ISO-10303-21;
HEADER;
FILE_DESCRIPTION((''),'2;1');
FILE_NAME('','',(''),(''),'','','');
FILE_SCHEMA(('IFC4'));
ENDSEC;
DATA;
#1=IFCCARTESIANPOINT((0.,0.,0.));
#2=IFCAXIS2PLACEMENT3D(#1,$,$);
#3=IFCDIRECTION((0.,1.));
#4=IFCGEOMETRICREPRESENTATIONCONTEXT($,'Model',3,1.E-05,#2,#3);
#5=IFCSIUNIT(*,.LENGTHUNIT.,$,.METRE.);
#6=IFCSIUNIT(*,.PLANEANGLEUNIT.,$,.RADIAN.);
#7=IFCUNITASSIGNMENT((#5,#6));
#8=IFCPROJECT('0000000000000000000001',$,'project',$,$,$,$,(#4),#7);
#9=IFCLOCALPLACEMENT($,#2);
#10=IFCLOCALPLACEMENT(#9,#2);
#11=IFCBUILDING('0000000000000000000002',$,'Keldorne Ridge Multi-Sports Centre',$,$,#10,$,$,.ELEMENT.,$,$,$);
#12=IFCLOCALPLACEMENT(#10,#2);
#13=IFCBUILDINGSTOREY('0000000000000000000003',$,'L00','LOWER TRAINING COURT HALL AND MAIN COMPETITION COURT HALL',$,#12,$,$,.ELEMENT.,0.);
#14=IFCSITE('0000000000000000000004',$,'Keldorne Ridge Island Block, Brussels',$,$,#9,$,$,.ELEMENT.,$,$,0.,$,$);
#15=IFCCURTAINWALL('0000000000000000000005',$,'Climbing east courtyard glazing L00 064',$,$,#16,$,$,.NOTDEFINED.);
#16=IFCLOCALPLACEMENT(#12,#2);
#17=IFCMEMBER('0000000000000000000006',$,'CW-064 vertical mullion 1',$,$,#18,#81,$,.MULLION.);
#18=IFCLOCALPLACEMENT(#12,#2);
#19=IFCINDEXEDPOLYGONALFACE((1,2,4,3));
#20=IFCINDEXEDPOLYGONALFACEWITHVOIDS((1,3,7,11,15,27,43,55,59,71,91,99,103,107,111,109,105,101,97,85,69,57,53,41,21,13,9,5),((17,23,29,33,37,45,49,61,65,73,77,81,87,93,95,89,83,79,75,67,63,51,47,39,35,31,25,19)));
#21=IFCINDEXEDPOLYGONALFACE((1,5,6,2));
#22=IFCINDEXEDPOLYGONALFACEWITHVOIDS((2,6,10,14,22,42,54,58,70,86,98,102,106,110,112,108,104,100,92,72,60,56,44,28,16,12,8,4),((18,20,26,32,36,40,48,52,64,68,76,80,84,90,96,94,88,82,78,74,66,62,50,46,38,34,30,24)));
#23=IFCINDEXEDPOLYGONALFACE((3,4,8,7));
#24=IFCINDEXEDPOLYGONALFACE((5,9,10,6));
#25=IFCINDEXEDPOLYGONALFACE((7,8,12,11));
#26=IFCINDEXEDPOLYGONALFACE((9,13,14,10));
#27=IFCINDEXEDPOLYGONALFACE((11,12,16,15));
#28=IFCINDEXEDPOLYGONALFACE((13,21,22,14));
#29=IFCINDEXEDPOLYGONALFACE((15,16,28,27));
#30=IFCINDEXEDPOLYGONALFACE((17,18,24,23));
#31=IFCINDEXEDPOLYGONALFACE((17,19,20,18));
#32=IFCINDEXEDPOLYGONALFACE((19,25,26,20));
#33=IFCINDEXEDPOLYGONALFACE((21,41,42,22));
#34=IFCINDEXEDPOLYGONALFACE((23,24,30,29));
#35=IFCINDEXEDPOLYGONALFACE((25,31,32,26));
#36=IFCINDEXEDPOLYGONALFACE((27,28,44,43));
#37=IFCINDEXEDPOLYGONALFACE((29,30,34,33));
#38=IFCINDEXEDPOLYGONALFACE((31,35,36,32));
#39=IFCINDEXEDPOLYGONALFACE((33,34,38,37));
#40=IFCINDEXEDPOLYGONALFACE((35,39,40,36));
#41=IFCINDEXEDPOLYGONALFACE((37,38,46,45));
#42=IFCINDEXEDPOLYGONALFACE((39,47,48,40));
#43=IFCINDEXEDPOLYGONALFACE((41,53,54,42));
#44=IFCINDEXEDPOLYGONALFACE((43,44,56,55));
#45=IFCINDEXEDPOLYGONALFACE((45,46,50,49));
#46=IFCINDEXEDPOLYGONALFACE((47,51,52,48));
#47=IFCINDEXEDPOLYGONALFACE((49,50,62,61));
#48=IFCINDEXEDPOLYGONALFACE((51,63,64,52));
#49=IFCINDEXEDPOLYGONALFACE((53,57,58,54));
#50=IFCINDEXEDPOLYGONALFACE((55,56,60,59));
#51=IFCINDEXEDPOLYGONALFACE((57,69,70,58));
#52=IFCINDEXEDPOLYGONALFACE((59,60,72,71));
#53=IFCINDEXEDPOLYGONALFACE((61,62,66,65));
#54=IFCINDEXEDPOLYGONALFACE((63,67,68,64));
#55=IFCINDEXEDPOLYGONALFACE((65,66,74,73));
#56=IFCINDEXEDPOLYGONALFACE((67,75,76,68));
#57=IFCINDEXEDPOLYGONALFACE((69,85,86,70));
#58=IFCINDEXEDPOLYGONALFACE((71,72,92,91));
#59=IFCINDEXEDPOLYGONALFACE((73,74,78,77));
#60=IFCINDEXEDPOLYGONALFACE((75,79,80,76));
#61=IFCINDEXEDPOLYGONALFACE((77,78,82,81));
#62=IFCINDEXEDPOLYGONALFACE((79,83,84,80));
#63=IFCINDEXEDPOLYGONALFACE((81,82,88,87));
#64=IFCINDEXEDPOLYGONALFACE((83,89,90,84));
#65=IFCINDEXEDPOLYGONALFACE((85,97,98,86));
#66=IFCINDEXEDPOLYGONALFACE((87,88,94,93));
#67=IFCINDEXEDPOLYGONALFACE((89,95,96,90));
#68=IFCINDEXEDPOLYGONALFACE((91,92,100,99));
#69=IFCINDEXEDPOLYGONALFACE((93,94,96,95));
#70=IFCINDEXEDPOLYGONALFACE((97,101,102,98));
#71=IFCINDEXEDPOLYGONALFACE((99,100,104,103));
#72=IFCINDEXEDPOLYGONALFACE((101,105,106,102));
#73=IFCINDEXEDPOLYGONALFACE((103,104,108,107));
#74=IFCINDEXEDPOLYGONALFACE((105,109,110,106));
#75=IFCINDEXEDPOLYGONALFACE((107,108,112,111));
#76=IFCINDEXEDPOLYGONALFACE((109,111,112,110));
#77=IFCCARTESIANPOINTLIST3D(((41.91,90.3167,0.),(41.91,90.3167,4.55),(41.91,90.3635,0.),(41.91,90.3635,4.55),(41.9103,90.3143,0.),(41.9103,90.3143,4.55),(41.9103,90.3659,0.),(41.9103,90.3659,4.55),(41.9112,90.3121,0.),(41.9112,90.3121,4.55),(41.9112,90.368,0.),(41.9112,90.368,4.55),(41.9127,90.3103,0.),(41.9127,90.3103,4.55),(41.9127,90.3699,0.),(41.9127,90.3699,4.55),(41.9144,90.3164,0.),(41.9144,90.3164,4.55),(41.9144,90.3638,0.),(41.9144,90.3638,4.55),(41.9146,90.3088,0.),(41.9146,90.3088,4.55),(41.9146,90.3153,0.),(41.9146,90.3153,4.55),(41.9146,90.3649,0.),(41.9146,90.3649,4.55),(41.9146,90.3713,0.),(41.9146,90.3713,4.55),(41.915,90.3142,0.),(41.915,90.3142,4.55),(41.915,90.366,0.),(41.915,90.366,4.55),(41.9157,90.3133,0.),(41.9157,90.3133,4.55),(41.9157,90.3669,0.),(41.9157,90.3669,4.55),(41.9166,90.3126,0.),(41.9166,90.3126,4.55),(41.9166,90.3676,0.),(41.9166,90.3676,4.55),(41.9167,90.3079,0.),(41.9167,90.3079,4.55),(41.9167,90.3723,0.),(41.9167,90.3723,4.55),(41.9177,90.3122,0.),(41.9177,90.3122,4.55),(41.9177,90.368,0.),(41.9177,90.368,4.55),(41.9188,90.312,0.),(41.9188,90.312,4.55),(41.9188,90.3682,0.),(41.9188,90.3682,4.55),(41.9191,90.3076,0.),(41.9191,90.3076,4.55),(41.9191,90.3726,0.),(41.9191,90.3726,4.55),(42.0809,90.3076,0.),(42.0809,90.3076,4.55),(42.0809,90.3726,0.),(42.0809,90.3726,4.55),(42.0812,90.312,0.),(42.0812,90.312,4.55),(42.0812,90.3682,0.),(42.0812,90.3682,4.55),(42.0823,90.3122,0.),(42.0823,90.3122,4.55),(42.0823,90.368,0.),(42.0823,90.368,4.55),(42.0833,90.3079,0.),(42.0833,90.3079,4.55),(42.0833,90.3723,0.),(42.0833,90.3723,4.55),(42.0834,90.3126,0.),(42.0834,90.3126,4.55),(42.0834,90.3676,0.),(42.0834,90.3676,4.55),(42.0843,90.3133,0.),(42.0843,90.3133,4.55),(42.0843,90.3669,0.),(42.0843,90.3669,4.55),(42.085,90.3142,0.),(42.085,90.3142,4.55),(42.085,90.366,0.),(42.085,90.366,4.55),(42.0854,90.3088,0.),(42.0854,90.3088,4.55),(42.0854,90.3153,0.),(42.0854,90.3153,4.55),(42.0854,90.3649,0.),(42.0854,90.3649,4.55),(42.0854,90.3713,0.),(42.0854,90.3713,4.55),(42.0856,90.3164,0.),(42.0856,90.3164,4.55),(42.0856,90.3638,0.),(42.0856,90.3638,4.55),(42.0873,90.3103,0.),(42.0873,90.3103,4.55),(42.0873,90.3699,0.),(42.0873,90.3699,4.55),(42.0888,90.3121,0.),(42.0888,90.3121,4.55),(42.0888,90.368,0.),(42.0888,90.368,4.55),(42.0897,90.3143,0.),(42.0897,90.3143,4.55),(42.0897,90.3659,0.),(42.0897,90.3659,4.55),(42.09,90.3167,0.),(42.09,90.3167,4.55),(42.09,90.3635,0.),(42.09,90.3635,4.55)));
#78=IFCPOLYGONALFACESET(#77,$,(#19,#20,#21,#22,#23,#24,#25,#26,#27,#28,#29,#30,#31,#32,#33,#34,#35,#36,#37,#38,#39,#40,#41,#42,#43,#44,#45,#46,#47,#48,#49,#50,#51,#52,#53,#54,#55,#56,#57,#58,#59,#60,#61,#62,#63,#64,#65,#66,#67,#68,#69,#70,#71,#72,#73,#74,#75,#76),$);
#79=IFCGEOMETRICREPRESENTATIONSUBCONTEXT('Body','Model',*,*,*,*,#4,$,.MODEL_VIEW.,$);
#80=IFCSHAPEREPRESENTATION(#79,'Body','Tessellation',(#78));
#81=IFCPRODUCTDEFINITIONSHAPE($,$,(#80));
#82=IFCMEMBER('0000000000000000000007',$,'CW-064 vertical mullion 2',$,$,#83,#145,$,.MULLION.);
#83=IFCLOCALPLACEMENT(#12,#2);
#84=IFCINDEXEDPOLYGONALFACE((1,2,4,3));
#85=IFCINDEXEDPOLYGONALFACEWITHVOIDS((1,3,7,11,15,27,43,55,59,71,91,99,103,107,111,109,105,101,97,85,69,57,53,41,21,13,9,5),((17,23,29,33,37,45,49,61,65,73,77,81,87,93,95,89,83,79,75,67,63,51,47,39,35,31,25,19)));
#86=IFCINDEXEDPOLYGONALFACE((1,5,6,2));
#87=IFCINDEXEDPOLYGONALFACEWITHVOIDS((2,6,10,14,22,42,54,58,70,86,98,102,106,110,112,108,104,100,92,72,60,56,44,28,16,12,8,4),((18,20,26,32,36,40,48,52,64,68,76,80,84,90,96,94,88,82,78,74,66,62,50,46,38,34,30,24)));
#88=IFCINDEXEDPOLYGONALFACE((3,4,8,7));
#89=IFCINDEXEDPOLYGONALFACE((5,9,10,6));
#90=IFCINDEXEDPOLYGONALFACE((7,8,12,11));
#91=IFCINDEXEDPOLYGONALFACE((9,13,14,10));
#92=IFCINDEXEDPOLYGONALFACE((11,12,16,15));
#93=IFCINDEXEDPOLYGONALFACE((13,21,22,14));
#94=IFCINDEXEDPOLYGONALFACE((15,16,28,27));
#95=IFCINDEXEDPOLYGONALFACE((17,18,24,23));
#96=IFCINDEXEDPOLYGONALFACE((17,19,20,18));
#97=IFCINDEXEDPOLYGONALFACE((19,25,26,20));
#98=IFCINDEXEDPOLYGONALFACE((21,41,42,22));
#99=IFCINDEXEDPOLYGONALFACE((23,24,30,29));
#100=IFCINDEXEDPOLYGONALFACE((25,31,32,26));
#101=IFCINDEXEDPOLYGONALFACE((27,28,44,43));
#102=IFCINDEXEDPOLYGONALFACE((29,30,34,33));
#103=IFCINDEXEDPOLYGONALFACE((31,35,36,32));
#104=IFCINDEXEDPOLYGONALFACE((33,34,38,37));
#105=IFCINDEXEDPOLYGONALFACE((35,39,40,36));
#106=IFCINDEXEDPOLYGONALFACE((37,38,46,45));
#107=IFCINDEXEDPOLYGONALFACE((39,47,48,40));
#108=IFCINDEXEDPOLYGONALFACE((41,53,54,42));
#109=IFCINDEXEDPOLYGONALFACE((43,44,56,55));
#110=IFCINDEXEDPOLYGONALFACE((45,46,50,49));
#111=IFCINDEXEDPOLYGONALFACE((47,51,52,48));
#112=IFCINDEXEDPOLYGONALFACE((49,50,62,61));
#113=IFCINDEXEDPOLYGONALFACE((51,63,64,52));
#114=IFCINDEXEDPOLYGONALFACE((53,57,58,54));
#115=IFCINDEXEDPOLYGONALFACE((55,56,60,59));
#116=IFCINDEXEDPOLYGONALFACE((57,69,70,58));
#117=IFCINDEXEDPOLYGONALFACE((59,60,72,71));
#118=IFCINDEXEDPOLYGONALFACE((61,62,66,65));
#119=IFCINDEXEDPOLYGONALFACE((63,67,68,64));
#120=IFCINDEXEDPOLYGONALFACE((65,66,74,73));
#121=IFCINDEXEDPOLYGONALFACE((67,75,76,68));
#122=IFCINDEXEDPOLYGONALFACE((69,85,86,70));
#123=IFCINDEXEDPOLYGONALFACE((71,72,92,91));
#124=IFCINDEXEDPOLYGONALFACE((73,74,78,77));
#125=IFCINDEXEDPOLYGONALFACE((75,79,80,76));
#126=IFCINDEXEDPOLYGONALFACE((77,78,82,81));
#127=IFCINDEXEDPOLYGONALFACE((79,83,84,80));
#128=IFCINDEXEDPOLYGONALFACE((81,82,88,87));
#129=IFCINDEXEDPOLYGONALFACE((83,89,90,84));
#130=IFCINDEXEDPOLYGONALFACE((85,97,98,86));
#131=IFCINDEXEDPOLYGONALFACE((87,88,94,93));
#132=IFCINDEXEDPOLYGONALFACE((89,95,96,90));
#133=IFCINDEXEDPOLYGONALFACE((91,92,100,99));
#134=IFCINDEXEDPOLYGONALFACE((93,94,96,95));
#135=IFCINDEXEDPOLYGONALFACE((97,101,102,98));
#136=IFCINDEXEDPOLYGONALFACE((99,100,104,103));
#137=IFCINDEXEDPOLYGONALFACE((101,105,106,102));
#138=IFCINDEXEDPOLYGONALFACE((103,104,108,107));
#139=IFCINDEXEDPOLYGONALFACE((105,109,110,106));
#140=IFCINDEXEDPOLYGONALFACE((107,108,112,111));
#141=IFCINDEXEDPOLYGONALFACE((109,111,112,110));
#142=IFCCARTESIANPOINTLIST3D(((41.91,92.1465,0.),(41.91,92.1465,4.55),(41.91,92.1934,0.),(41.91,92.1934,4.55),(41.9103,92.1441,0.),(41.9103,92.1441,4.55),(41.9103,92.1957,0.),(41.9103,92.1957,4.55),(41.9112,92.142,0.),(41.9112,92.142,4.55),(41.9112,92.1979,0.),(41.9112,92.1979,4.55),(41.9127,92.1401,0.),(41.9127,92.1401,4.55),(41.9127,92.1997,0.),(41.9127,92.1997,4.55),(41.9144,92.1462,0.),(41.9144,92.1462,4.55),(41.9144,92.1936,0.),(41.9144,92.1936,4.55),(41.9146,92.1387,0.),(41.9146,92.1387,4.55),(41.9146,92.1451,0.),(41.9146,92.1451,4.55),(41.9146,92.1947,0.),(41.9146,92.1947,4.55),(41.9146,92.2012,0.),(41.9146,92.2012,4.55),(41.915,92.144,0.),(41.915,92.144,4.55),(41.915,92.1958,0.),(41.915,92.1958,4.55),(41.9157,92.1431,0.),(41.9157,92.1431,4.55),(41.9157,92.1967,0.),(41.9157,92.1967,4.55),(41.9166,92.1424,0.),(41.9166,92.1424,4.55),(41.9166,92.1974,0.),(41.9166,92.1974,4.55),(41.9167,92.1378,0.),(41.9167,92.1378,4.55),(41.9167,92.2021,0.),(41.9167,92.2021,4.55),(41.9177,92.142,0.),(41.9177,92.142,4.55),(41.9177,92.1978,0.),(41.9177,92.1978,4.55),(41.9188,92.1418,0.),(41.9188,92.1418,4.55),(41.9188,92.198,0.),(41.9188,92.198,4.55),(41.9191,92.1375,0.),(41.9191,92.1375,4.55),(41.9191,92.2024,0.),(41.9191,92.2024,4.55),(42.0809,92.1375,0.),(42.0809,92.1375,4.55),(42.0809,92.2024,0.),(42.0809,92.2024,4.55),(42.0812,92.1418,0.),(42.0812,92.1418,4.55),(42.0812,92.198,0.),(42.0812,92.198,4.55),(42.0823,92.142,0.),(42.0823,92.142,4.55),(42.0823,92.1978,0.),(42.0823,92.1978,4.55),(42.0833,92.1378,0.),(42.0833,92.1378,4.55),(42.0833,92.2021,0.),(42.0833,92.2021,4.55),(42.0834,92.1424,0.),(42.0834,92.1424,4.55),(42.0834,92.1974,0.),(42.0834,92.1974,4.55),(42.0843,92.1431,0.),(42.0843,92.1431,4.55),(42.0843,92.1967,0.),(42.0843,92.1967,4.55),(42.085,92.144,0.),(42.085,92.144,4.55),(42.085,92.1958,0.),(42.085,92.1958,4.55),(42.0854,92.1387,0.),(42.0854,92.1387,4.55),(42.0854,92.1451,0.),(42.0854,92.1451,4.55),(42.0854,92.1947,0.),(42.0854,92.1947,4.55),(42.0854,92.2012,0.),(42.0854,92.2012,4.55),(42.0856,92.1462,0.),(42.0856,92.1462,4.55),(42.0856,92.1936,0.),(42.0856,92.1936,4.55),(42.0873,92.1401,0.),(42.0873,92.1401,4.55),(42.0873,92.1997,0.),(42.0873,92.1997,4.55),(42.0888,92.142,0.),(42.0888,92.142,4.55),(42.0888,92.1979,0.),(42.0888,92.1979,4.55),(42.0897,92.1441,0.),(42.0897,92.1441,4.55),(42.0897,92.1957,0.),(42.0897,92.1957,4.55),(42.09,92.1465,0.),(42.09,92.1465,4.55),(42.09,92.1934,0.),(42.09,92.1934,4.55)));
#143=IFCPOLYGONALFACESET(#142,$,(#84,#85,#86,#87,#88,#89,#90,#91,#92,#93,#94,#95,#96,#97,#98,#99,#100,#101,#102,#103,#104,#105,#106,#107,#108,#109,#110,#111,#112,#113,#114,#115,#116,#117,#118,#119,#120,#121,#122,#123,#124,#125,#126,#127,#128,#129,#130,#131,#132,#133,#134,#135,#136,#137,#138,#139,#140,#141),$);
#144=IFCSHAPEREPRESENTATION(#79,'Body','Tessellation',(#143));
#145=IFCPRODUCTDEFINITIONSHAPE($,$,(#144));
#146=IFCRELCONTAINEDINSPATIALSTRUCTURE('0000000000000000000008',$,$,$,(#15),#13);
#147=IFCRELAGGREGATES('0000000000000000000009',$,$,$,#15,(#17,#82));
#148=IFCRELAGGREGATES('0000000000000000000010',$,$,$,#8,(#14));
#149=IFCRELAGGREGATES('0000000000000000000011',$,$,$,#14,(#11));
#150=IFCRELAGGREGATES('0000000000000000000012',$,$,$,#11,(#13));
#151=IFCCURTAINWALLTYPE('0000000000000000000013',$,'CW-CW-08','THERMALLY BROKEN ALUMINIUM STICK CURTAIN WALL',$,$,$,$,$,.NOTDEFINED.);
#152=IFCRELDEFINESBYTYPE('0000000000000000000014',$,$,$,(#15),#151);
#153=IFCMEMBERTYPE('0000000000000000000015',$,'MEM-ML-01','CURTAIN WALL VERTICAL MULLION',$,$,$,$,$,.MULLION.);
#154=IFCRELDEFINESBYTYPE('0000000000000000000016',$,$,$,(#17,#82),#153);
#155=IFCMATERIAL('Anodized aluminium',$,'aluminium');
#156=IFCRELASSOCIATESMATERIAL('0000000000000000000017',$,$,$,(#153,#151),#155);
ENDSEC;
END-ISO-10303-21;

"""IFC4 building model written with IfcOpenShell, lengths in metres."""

from ifc_helpers import new_model, si_unit, direction, frame, origin, origin_2d, place, context, subcontext, project, spatial, hollow_rectangle, extrude, material, material_profile, profile_set, type_object, element, aggregate, save


model = new_model("IFC4")

# Units and contexts
model_context = context("Model", 3, precision=1e-05, world=origin(), true_north=direction((0.0, 1.0)))
body_context = subcontext(model_context, "Body", "Model", "MODEL_VIEW")
ifc_project = project(units=[si_unit("LENGTHUNIT", "METRE"), si_unit("PLANEANGLEUNIT", "RADIAN")], contexts=[model_context])

# Site, building, storey
site_placement = place(None, origin())
site = spatial("IfcSite", under=ifc_project, at=site_placement, Name="Keldorne Ridge Island Block, Brussels", CompositionType="ELEMENT", RefElevation=0.0)
building_placement = place(site_placement, origin())
building = spatial("IfcBuilding", under=site, at=building_placement, Name="Keldorne Ridge Multi-Sports Centre", CompositionType="ELEMENT")
storey_placement = place(building_placement, origin())
storey = spatial("IfcBuildingStorey", under=building, at=storey_placement, Name="L00", Description="LOWER TRAINING COURT HALL AND MAIN COMPETITION COURT HALL", CompositionType="ELEMENT", Elevation=0.0)

# Shared definitions
ifc_material_1 = material(Name="Anodized aluminium", Category="aluminium")
ifc_material_profile_1 = material_profile(ifc_material_1, hollow_rectangle(XDim=0.0649, YDim=0.1799, WallThickness=0.0044, InnerFilletRadius=0.0044, OuterFilletRadius=0.009, at=origin_2d()), Name="ALU MULLION 180x65x4.5")
ifc_profile_set_1 = profile_set([ifc_material_profile_1], Name="Anodized aluminium")
member_type_1 = type_object("IfcMemberType", Name="MEM-ML-01", Description="CURTAIN WALL VERTICAL MULLION", PredefinedType="MULLION", material=ifc_profile_set_1)

# Curtain wall, members
curtain_wall_type_1 = type_object("IfcCurtainWallType", Name="CW-CW-08", Description="THERMALLY BROKEN ALUMINIUM STICK CURTAIN WALL", PredefinedType="NOTDEFINED", material=ifc_material_1)
curtain_wall_1_placement = place(storey_placement, origin())
curtain_wall_1 = element("IfcCurtainWall", 1, at=curtain_wall_1_placement, inside=storey, type_object=curtain_wall_type_1, Name="Climbing east courtyard glazing L00 064", PredefinedType="NOTDEFINED")
member_1_placement = place(storey_placement, frame((42.0, 90.3401, 0.0), z_axis=(0.0, 0.0, 1.0), x_axis=(0.0, 1.0, 0.0)))
member_1 = element("IfcMember", 2, at=member_1_placement, type_object=member_type_1, Name="CW-064 vertical mullion 1", PredefinedType="MULLION", context=body_context, shape_type="SweptSolid", body=[
    extrude(hollow_rectangle(XDim=0.0649, YDim=0.1799, WallThickness=0.0044, InnerFilletRadius=0.0044, OuterFilletRadius=0.009, at=origin_2d()), origin(), (0.0, 0.0, 1.0), 4.55),
])
member_2_placement = place(storey_placement, frame((42.0, 92.1699, 0.0), z_axis=(0.0, 0.0, 1.0), x_axis=(0.0, 1.0, 0.0)))
member_2 = element("IfcMember", 3, at=member_2_placement, type_object=member_type_1, Name="CW-064 vertical mullion 2", PredefinedType="MULLION", context=body_context, shape_type="SweptSolid", body=[
    extrude(hollow_rectangle(XDim=0.0649, YDim=0.1799, WallThickness=0.0044, InnerFilletRadius=0.0044, OuterFilletRadius=0.009, at=origin_2d()), origin(), (0.0, 0.0, 1.0), 4.55),
])
aggregate(curtain_wall_1, [member_1, member_2])

save(model, "model.ifc")
